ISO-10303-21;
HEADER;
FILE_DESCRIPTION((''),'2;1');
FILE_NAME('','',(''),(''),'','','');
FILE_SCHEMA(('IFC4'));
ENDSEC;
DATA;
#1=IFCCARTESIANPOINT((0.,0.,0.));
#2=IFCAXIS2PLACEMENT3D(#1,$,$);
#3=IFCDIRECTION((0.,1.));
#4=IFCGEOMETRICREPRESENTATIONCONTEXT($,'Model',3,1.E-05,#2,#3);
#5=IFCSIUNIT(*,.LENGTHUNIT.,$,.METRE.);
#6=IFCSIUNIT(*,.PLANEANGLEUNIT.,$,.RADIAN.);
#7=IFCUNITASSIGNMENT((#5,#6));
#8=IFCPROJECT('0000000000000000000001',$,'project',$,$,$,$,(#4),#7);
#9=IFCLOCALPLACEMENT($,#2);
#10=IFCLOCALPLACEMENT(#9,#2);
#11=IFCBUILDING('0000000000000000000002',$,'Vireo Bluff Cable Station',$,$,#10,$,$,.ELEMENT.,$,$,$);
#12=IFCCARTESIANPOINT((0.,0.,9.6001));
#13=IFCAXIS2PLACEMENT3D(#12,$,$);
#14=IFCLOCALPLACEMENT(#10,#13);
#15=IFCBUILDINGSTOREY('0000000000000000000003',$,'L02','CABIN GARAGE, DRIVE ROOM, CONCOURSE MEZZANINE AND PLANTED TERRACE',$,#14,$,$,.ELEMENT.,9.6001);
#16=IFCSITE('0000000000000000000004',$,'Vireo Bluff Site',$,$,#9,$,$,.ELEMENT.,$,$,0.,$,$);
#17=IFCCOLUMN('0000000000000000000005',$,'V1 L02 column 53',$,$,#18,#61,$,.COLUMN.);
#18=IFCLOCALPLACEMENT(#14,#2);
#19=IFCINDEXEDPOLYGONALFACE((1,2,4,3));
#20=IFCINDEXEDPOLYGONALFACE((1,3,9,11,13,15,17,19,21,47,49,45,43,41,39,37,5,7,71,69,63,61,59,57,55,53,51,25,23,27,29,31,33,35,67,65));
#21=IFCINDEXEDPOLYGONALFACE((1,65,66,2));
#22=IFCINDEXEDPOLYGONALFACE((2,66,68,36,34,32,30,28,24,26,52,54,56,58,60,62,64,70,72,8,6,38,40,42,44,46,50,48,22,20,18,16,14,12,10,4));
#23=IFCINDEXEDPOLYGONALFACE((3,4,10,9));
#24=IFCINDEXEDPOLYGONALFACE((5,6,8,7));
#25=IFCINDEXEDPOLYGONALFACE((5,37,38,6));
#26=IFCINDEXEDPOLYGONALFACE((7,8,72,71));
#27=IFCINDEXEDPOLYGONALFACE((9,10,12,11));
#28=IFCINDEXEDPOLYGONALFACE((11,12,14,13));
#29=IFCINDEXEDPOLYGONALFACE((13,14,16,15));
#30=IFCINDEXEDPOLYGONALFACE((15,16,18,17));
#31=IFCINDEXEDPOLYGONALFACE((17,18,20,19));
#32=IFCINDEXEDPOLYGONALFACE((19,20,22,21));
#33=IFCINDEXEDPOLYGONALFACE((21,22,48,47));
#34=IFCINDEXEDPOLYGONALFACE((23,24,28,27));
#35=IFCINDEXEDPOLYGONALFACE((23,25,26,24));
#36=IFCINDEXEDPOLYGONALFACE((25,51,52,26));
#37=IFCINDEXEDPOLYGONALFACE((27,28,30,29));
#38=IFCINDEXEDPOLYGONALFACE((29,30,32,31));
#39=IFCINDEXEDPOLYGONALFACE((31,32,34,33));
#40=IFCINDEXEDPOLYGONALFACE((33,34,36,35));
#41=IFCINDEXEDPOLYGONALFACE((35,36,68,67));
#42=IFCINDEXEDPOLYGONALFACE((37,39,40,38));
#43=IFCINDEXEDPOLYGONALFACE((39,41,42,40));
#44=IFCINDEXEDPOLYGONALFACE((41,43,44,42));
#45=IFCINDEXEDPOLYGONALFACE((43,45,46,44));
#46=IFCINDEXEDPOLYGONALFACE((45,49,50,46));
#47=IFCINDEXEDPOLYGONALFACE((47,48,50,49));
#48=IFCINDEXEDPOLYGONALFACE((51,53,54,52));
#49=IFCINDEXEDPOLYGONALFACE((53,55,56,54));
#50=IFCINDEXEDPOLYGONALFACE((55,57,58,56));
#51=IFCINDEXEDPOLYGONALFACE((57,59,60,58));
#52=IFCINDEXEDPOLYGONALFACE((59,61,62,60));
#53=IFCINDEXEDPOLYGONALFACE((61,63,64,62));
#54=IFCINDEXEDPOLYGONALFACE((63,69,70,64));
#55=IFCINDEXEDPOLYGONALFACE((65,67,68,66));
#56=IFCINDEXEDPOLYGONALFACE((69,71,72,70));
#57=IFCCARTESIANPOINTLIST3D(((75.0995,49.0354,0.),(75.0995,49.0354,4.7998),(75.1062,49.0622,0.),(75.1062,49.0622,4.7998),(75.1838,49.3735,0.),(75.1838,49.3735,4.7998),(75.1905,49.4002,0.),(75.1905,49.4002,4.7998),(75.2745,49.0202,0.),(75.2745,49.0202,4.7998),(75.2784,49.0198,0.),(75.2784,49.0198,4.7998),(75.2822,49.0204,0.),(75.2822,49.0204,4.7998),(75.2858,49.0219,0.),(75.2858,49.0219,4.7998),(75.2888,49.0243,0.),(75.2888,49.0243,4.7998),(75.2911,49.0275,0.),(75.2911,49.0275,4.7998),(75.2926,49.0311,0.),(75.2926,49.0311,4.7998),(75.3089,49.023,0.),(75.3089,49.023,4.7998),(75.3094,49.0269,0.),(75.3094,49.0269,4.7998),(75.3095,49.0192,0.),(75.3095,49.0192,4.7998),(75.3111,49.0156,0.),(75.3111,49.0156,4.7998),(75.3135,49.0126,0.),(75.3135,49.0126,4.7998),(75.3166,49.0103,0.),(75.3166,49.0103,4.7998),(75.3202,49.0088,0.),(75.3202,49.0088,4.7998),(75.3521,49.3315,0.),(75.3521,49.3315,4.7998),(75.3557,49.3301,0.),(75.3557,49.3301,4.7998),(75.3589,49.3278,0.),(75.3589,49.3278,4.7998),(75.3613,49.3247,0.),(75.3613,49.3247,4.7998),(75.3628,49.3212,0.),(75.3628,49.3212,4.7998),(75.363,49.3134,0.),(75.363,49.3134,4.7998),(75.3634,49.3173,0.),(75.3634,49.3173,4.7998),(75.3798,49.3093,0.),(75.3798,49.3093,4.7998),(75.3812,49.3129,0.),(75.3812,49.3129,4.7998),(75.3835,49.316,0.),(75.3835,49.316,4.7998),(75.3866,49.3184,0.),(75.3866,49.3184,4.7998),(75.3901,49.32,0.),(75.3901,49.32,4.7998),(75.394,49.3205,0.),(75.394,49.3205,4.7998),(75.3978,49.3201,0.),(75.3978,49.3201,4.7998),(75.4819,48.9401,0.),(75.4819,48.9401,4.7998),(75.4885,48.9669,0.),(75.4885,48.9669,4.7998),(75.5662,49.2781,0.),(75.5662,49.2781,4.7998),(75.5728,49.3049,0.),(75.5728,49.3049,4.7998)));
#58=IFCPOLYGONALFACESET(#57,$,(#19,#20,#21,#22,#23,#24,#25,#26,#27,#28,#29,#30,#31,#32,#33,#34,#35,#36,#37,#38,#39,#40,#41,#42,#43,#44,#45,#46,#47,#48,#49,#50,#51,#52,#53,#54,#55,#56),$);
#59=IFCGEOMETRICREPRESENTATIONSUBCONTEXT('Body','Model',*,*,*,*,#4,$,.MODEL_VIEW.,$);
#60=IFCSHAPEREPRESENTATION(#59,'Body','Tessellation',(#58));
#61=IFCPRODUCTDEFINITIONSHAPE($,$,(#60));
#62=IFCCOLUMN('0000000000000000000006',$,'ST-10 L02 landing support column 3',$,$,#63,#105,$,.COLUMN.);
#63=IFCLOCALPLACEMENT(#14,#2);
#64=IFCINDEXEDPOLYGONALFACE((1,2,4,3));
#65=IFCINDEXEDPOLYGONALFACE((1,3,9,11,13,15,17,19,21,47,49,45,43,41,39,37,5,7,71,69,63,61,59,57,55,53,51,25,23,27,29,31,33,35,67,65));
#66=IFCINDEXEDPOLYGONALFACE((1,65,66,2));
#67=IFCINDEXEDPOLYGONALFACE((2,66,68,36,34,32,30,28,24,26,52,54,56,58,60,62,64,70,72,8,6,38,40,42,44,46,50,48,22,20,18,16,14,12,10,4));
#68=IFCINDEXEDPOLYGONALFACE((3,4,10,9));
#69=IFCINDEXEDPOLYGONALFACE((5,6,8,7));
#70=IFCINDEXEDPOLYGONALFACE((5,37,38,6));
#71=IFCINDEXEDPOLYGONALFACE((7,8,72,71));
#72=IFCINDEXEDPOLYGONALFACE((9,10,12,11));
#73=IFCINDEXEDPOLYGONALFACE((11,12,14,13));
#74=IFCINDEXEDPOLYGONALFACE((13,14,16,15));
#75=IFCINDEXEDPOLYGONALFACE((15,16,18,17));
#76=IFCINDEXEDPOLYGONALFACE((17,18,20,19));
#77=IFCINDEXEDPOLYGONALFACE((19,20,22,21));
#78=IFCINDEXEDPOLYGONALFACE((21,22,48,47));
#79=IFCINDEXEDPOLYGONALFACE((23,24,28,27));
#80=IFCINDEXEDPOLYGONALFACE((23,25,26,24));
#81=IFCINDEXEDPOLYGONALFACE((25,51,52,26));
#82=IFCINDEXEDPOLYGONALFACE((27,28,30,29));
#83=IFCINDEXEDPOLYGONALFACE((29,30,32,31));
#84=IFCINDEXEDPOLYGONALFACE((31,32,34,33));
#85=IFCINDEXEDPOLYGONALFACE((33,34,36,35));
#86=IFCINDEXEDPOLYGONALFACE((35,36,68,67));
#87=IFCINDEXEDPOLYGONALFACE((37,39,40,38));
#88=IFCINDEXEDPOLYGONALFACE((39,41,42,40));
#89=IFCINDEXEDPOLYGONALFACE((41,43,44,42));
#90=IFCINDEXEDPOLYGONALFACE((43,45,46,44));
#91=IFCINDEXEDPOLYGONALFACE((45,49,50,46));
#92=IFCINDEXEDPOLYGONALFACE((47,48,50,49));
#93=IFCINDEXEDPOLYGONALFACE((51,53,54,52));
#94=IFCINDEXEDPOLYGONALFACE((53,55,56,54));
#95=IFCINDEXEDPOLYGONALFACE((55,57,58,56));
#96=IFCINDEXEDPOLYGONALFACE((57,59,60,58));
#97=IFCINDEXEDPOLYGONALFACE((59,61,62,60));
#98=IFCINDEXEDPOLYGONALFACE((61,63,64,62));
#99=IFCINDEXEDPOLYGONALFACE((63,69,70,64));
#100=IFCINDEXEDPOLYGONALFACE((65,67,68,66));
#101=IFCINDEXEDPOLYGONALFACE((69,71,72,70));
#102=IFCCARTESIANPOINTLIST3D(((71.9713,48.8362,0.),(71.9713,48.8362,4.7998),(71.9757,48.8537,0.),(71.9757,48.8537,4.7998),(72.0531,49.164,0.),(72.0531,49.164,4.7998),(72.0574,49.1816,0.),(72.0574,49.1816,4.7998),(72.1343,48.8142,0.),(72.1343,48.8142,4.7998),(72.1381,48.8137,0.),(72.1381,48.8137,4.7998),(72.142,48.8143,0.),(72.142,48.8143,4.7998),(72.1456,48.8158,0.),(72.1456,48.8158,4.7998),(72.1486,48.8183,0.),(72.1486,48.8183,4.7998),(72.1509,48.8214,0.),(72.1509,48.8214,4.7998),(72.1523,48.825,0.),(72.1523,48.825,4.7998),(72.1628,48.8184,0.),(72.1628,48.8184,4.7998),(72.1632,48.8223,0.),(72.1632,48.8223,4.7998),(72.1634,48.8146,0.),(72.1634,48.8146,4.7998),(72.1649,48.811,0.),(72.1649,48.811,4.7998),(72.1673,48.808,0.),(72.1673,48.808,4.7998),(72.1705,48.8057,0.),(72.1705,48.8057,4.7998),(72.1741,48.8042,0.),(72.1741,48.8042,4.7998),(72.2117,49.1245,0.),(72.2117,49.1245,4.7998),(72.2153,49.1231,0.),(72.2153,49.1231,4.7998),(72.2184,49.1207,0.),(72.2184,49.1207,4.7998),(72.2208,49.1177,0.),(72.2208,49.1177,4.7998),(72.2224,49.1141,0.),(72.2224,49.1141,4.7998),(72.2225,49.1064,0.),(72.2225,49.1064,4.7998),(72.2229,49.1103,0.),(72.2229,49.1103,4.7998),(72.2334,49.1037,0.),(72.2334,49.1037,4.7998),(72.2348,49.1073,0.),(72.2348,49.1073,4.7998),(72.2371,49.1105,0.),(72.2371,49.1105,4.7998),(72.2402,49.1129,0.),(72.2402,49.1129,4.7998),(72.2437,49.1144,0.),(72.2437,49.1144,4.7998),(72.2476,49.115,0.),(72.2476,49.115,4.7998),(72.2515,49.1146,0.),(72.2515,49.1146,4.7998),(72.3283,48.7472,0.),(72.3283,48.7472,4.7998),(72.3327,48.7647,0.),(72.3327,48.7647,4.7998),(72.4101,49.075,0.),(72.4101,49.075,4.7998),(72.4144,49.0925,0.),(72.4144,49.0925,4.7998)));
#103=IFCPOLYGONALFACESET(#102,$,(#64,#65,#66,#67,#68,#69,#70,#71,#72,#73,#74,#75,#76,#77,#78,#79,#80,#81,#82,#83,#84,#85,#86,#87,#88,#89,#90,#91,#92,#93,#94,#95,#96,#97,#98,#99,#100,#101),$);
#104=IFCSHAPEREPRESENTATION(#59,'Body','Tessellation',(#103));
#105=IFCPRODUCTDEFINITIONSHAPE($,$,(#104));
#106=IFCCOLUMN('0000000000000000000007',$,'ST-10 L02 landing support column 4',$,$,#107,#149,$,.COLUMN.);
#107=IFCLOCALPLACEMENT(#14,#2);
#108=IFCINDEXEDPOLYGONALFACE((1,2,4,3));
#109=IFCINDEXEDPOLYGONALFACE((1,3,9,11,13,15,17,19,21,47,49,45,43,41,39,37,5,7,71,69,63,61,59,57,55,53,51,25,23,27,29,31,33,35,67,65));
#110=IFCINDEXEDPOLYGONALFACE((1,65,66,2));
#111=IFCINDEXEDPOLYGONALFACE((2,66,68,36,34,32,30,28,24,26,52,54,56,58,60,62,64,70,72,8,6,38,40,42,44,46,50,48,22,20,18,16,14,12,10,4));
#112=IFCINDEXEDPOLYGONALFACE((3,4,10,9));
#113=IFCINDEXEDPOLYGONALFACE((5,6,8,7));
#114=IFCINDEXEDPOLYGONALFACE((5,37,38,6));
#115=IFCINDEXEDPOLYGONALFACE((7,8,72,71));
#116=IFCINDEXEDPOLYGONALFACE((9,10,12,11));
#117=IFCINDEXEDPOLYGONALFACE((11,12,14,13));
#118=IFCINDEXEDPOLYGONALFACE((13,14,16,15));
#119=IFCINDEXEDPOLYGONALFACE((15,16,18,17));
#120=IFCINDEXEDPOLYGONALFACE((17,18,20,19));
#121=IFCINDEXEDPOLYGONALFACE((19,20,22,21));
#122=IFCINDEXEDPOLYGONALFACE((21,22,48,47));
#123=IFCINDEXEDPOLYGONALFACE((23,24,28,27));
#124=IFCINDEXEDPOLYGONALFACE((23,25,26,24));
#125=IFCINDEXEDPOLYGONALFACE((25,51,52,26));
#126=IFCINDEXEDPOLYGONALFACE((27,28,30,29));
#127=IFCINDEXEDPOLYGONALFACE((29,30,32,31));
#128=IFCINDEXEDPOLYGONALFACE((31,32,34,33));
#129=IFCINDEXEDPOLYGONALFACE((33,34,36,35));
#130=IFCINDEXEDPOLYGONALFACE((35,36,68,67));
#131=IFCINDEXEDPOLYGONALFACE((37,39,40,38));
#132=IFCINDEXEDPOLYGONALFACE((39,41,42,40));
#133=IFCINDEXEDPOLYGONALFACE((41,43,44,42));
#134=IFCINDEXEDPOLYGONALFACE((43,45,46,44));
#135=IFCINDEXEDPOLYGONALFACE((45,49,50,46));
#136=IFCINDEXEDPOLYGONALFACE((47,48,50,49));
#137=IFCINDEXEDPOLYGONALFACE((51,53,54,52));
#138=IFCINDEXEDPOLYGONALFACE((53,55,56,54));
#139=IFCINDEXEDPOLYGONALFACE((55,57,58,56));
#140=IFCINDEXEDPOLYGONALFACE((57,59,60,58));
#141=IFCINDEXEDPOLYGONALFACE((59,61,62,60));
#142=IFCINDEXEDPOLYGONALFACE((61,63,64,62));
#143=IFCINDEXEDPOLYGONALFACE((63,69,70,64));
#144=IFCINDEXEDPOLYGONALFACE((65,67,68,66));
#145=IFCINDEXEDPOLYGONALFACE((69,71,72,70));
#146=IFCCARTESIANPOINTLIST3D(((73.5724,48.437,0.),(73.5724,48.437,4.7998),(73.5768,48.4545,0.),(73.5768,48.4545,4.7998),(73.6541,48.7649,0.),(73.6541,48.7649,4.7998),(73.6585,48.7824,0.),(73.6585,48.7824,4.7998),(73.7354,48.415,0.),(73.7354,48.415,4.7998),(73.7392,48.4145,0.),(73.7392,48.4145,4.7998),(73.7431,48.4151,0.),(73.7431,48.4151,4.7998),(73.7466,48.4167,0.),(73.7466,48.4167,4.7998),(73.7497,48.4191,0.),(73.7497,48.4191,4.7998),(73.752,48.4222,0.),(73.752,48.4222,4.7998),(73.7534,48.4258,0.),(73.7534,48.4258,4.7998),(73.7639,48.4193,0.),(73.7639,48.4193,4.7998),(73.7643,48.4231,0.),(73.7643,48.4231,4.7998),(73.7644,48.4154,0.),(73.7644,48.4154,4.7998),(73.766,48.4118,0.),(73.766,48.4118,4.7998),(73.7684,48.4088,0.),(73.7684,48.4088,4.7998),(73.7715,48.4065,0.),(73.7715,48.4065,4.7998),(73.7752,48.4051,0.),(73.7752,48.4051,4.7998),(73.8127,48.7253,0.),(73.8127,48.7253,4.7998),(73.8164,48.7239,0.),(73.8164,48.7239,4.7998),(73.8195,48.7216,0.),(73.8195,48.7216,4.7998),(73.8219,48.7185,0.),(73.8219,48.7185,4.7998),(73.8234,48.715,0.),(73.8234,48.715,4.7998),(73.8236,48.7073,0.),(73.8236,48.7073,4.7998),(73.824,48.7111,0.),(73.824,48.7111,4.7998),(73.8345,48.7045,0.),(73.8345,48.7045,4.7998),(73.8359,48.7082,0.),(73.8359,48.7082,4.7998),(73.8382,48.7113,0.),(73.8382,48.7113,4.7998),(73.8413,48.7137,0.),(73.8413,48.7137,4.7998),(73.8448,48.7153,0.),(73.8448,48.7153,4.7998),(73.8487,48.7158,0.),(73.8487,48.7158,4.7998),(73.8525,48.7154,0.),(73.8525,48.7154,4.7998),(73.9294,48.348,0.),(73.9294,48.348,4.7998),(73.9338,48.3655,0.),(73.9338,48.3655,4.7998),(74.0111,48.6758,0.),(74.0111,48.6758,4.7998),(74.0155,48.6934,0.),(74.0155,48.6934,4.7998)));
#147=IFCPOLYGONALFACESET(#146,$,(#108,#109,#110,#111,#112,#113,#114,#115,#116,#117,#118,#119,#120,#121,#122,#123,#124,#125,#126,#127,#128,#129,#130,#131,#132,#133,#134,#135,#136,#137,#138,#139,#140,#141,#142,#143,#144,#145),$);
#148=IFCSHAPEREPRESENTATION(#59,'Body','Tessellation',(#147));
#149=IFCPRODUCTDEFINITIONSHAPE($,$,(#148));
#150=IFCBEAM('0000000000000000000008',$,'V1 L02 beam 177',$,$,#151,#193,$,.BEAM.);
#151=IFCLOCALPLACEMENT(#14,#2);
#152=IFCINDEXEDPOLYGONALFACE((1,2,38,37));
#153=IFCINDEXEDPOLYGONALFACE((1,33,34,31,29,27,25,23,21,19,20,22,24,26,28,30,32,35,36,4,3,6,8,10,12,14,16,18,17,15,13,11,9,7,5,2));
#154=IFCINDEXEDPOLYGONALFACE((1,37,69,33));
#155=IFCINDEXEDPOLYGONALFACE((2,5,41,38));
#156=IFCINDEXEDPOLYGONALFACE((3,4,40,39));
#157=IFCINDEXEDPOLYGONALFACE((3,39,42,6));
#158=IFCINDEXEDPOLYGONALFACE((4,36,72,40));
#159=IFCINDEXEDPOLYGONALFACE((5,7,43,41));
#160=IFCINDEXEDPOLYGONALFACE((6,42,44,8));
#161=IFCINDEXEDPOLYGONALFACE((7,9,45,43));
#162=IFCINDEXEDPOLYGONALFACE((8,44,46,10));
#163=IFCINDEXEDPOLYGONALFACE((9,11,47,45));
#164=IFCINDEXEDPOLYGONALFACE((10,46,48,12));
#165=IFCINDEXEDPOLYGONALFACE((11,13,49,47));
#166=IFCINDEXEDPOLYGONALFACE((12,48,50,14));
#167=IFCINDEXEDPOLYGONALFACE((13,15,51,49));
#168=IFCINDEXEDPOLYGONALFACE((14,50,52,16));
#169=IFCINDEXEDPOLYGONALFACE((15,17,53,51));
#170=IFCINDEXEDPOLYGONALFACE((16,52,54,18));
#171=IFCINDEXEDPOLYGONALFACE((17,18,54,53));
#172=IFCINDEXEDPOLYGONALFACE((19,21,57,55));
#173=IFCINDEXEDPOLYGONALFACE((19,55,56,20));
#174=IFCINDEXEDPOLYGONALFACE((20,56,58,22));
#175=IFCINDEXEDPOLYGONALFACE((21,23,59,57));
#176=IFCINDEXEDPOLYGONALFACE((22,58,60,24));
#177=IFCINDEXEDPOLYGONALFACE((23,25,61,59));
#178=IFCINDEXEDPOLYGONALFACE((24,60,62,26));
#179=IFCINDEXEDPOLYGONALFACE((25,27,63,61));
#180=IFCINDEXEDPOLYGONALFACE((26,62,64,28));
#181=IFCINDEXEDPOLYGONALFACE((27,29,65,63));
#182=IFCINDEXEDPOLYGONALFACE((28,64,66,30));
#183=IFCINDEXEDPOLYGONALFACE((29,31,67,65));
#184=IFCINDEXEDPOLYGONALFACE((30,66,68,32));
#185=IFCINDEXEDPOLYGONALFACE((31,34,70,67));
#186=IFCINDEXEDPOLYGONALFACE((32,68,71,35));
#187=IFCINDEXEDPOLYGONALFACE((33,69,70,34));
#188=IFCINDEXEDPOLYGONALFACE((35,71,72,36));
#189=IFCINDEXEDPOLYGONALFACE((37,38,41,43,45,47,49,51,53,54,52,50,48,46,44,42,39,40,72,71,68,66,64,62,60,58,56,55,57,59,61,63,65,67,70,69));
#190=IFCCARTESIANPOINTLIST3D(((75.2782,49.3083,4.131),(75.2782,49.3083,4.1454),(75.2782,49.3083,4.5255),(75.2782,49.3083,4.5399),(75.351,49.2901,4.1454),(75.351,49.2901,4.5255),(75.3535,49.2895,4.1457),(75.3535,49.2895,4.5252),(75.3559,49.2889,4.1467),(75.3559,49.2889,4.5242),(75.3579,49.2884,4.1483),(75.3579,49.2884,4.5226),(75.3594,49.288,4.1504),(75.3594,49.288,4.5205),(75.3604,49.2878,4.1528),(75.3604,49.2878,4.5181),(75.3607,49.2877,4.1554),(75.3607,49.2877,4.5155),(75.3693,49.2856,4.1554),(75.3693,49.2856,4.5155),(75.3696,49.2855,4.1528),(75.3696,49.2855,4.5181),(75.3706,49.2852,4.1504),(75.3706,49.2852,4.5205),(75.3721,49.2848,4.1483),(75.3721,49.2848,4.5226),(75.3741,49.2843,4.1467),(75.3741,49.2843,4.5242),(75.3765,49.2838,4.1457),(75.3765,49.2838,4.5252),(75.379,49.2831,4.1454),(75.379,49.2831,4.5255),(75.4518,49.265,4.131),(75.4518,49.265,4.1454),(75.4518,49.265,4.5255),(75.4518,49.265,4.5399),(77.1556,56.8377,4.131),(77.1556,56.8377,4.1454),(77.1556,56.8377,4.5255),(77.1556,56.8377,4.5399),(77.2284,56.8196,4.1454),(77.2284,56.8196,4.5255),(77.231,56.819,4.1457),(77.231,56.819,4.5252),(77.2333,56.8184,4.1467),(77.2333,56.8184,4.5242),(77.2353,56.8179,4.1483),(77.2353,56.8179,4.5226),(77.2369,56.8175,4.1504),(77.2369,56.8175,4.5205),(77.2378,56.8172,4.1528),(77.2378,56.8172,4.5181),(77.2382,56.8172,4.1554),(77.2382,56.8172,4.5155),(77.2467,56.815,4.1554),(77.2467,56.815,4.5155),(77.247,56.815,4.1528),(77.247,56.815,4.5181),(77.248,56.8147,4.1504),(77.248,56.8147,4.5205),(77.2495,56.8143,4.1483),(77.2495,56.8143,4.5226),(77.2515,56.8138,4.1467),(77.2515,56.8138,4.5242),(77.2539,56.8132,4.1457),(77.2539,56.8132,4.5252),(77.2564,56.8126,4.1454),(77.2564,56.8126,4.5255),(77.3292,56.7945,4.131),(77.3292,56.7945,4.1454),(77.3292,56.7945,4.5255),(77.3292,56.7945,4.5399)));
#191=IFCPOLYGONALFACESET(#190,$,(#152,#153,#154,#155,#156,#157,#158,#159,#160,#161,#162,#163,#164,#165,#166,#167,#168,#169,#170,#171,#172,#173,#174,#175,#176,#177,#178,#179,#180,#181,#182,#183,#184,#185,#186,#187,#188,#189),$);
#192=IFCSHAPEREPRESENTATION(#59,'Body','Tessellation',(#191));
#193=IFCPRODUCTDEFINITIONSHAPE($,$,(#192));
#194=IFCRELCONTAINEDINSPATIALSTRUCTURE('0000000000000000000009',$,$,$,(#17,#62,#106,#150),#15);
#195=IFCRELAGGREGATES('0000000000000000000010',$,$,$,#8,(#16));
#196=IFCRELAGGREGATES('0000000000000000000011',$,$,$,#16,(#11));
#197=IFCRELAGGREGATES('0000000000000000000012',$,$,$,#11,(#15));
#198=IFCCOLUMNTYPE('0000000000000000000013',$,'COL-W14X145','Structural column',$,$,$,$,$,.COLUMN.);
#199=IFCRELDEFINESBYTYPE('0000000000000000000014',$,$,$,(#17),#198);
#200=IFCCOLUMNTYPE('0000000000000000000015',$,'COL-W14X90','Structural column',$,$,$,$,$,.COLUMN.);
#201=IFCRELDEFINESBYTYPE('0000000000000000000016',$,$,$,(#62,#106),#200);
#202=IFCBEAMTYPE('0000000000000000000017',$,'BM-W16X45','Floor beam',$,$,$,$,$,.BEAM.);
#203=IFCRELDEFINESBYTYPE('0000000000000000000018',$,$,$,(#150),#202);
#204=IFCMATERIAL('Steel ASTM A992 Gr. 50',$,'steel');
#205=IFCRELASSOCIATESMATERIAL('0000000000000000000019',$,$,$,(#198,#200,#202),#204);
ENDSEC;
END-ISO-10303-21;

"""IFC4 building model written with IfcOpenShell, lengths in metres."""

from ifc_helpers import new_model, si_unit, direction, frame, origin, origin_2d, place, context, subcontext, project, spatial, i_section, extrude, material, material_profile, profile_set, type_object, element, save


model = new_model("IFC4")

# Units and contexts
model_context = context("Model", 3, precision=1e-05, world=origin(), true_north=direction((0.0, 1.0)))
body_context = subcontext(model_context, "Body", "Model", "MODEL_VIEW")
ifc_project = project(units=[si_unit("LENGTHUNIT", "METRE"), si_unit("PLANEANGLEUNIT", "RADIAN")], contexts=[model_context])

# Site, building, storey
site_placement = place(None, origin())
site = spatial("IfcSite", under=ifc_project, at=site_placement, Name="Vireo Bluff Site", CompositionType="ELEMENT", RefElevation=0.0)
building_placement = place(site_placement, origin())
building = spatial("IfcBuilding", under=site, at=building_placement, Name="Vireo Bluff Cable Station", CompositionType="ELEMENT")
storey_placement = place(building_placement, frame((0.0, 0.0, 9.6001)))
storey = spatial("IfcBuildingStorey", under=building, at=storey_placement, Name="L02", Description="CABIN GARAGE, DRIVE ROOM, CONCOURSE MEZZANINE AND PLANTED TERRACE", CompositionType="ELEMENT", Elevation=9.6001)

# Columns
ifc_material_1 = material(Name="Steel ASTM A992 Gr. 50", Category="steel")
ifc_material_profile_1 = material_profile(ifc_material_1, i_section(OverallWidth=0.394, OverallDepth=0.376, WebThickness=0.0173, FlangeThickness=0.0276, FilletRadius=0.0149, at=origin_2d()), Name="W14X145")
ifc_profile_set_1 = profile_set([ifc_material_profile_1], Name="Steel ASTM A992 Gr. 50")
column_type_1 = type_object("IfcColumnType", Name="COL-W14X145", Description="Structural column", PredefinedType="COLUMN", material=ifc_profile_set_1)
column_placement = place(storey_placement, frame((75.3362, 49.1702, 0.0), z_axis=(0.0, 0.0, 1.0), x_axis=(0.970296, -0.241922, 0.0)))
element("IfcColumn", 1, at=column_placement, inside=storey, type_object=column_type_1, Name="V1 L02 column 53", PredefinedType="COLUMN", context=body_context, shape_type="SweptSolid", body=[
    extrude(i_section(OverallWidth=0.394, OverallDepth=0.376, WebThickness=0.0173, FlangeThickness=0.0276, FilletRadius=0.0149, at=origin_2d()), origin(), (0.0, 0.0, 1.0), 4.7998),
])
ifc_material_profile_2 = material_profile(ifc_material_1, i_section(OverallWidth=0.3679, OverallDepth=0.356, WebThickness=0.0112, FlangeThickness=0.0181, FilletRadius=0.0149, at=origin_2d()), Name="W14X90")
ifc_profile_set_2 = profile_set([ifc_material_profile_2], Name="Steel ASTM A992 Gr. 50")
column_type_2 = type_object("IfcColumnType", Name="COL-W14X90", Description="Structural column", PredefinedType="COLUMN", material=ifc_profile_set_2)
for number, where, z_axis, x_axis, name in (
    (2, (72.1929, 48.9644, 0.0), (0.0, 0.0, 1.0), (0.970296, -0.241922, 0.0), "ST-10 L02 landing support column 3"),
    (3, (73.7939, 48.5652, 0.0), (0.0, 0.0, 1.0), (0.970296, -0.241922, 0.0), "ST-10 L02 landing support column 4"),
):
    element("IfcColumn", number, at=place(storey_placement, frame(where, z_axis=z_axis, x_axis=x_axis)), inside=storey, type_object=column_type_2, Name=name, PredefinedType="COLUMN", context=body_context, shape_type="SweptSolid", body=[
        extrude(i_section(OverallWidth=0.3679, OverallDepth=0.356, WebThickness=0.0112, FlangeThickness=0.0181, FilletRadius=0.0149, at=origin_2d()), origin(), (0.0, 0.0, 1.0), 4.7998),
    ])

# Beam
ifc_material_profile_3 = material_profile(ifc_material_1, i_section(OverallWidth=0.179, OverallDepth=0.4089, WebThickness=0.0088, FlangeThickness=0.0144, FilletRadius=0.01, at=origin_2d()), Name="W16X45")
ifc_profile_set_3 = profile_set([ifc_material_profile_3], Name="Steel ASTM A992 Gr. 50")
beam_type_1 = type_object("IfcBeamType", Name="BM-W16X45", Description="Floor beam", PredefinedType="BEAM", material=ifc_profile_set_3)
beam_1_placement = place(storey_placement, frame((75.365, 49.2866, 4.3354), z_axis=(0.241936, 0.970292, 0.0), x_axis=(-0.970292, 0.241936, 0.0)))
element("IfcBeam", 4, at=beam_1_placement, inside=storey, type_object=beam_type_1, Name="V1 L02 beam 177", PredefinedType="BEAM", context=body_context, shape_type="SweptSolid", body=[
    extrude(i_section(OverallWidth=0.179, OverallDepth=0.4089, WebThickness=0.0088, FlangeThickness=0.0144, FilletRadius=0.01, at=origin_2d()), origin(), (0.0, 0.0, 1.0), 7.76),
])

save(model, "model.ifc")
